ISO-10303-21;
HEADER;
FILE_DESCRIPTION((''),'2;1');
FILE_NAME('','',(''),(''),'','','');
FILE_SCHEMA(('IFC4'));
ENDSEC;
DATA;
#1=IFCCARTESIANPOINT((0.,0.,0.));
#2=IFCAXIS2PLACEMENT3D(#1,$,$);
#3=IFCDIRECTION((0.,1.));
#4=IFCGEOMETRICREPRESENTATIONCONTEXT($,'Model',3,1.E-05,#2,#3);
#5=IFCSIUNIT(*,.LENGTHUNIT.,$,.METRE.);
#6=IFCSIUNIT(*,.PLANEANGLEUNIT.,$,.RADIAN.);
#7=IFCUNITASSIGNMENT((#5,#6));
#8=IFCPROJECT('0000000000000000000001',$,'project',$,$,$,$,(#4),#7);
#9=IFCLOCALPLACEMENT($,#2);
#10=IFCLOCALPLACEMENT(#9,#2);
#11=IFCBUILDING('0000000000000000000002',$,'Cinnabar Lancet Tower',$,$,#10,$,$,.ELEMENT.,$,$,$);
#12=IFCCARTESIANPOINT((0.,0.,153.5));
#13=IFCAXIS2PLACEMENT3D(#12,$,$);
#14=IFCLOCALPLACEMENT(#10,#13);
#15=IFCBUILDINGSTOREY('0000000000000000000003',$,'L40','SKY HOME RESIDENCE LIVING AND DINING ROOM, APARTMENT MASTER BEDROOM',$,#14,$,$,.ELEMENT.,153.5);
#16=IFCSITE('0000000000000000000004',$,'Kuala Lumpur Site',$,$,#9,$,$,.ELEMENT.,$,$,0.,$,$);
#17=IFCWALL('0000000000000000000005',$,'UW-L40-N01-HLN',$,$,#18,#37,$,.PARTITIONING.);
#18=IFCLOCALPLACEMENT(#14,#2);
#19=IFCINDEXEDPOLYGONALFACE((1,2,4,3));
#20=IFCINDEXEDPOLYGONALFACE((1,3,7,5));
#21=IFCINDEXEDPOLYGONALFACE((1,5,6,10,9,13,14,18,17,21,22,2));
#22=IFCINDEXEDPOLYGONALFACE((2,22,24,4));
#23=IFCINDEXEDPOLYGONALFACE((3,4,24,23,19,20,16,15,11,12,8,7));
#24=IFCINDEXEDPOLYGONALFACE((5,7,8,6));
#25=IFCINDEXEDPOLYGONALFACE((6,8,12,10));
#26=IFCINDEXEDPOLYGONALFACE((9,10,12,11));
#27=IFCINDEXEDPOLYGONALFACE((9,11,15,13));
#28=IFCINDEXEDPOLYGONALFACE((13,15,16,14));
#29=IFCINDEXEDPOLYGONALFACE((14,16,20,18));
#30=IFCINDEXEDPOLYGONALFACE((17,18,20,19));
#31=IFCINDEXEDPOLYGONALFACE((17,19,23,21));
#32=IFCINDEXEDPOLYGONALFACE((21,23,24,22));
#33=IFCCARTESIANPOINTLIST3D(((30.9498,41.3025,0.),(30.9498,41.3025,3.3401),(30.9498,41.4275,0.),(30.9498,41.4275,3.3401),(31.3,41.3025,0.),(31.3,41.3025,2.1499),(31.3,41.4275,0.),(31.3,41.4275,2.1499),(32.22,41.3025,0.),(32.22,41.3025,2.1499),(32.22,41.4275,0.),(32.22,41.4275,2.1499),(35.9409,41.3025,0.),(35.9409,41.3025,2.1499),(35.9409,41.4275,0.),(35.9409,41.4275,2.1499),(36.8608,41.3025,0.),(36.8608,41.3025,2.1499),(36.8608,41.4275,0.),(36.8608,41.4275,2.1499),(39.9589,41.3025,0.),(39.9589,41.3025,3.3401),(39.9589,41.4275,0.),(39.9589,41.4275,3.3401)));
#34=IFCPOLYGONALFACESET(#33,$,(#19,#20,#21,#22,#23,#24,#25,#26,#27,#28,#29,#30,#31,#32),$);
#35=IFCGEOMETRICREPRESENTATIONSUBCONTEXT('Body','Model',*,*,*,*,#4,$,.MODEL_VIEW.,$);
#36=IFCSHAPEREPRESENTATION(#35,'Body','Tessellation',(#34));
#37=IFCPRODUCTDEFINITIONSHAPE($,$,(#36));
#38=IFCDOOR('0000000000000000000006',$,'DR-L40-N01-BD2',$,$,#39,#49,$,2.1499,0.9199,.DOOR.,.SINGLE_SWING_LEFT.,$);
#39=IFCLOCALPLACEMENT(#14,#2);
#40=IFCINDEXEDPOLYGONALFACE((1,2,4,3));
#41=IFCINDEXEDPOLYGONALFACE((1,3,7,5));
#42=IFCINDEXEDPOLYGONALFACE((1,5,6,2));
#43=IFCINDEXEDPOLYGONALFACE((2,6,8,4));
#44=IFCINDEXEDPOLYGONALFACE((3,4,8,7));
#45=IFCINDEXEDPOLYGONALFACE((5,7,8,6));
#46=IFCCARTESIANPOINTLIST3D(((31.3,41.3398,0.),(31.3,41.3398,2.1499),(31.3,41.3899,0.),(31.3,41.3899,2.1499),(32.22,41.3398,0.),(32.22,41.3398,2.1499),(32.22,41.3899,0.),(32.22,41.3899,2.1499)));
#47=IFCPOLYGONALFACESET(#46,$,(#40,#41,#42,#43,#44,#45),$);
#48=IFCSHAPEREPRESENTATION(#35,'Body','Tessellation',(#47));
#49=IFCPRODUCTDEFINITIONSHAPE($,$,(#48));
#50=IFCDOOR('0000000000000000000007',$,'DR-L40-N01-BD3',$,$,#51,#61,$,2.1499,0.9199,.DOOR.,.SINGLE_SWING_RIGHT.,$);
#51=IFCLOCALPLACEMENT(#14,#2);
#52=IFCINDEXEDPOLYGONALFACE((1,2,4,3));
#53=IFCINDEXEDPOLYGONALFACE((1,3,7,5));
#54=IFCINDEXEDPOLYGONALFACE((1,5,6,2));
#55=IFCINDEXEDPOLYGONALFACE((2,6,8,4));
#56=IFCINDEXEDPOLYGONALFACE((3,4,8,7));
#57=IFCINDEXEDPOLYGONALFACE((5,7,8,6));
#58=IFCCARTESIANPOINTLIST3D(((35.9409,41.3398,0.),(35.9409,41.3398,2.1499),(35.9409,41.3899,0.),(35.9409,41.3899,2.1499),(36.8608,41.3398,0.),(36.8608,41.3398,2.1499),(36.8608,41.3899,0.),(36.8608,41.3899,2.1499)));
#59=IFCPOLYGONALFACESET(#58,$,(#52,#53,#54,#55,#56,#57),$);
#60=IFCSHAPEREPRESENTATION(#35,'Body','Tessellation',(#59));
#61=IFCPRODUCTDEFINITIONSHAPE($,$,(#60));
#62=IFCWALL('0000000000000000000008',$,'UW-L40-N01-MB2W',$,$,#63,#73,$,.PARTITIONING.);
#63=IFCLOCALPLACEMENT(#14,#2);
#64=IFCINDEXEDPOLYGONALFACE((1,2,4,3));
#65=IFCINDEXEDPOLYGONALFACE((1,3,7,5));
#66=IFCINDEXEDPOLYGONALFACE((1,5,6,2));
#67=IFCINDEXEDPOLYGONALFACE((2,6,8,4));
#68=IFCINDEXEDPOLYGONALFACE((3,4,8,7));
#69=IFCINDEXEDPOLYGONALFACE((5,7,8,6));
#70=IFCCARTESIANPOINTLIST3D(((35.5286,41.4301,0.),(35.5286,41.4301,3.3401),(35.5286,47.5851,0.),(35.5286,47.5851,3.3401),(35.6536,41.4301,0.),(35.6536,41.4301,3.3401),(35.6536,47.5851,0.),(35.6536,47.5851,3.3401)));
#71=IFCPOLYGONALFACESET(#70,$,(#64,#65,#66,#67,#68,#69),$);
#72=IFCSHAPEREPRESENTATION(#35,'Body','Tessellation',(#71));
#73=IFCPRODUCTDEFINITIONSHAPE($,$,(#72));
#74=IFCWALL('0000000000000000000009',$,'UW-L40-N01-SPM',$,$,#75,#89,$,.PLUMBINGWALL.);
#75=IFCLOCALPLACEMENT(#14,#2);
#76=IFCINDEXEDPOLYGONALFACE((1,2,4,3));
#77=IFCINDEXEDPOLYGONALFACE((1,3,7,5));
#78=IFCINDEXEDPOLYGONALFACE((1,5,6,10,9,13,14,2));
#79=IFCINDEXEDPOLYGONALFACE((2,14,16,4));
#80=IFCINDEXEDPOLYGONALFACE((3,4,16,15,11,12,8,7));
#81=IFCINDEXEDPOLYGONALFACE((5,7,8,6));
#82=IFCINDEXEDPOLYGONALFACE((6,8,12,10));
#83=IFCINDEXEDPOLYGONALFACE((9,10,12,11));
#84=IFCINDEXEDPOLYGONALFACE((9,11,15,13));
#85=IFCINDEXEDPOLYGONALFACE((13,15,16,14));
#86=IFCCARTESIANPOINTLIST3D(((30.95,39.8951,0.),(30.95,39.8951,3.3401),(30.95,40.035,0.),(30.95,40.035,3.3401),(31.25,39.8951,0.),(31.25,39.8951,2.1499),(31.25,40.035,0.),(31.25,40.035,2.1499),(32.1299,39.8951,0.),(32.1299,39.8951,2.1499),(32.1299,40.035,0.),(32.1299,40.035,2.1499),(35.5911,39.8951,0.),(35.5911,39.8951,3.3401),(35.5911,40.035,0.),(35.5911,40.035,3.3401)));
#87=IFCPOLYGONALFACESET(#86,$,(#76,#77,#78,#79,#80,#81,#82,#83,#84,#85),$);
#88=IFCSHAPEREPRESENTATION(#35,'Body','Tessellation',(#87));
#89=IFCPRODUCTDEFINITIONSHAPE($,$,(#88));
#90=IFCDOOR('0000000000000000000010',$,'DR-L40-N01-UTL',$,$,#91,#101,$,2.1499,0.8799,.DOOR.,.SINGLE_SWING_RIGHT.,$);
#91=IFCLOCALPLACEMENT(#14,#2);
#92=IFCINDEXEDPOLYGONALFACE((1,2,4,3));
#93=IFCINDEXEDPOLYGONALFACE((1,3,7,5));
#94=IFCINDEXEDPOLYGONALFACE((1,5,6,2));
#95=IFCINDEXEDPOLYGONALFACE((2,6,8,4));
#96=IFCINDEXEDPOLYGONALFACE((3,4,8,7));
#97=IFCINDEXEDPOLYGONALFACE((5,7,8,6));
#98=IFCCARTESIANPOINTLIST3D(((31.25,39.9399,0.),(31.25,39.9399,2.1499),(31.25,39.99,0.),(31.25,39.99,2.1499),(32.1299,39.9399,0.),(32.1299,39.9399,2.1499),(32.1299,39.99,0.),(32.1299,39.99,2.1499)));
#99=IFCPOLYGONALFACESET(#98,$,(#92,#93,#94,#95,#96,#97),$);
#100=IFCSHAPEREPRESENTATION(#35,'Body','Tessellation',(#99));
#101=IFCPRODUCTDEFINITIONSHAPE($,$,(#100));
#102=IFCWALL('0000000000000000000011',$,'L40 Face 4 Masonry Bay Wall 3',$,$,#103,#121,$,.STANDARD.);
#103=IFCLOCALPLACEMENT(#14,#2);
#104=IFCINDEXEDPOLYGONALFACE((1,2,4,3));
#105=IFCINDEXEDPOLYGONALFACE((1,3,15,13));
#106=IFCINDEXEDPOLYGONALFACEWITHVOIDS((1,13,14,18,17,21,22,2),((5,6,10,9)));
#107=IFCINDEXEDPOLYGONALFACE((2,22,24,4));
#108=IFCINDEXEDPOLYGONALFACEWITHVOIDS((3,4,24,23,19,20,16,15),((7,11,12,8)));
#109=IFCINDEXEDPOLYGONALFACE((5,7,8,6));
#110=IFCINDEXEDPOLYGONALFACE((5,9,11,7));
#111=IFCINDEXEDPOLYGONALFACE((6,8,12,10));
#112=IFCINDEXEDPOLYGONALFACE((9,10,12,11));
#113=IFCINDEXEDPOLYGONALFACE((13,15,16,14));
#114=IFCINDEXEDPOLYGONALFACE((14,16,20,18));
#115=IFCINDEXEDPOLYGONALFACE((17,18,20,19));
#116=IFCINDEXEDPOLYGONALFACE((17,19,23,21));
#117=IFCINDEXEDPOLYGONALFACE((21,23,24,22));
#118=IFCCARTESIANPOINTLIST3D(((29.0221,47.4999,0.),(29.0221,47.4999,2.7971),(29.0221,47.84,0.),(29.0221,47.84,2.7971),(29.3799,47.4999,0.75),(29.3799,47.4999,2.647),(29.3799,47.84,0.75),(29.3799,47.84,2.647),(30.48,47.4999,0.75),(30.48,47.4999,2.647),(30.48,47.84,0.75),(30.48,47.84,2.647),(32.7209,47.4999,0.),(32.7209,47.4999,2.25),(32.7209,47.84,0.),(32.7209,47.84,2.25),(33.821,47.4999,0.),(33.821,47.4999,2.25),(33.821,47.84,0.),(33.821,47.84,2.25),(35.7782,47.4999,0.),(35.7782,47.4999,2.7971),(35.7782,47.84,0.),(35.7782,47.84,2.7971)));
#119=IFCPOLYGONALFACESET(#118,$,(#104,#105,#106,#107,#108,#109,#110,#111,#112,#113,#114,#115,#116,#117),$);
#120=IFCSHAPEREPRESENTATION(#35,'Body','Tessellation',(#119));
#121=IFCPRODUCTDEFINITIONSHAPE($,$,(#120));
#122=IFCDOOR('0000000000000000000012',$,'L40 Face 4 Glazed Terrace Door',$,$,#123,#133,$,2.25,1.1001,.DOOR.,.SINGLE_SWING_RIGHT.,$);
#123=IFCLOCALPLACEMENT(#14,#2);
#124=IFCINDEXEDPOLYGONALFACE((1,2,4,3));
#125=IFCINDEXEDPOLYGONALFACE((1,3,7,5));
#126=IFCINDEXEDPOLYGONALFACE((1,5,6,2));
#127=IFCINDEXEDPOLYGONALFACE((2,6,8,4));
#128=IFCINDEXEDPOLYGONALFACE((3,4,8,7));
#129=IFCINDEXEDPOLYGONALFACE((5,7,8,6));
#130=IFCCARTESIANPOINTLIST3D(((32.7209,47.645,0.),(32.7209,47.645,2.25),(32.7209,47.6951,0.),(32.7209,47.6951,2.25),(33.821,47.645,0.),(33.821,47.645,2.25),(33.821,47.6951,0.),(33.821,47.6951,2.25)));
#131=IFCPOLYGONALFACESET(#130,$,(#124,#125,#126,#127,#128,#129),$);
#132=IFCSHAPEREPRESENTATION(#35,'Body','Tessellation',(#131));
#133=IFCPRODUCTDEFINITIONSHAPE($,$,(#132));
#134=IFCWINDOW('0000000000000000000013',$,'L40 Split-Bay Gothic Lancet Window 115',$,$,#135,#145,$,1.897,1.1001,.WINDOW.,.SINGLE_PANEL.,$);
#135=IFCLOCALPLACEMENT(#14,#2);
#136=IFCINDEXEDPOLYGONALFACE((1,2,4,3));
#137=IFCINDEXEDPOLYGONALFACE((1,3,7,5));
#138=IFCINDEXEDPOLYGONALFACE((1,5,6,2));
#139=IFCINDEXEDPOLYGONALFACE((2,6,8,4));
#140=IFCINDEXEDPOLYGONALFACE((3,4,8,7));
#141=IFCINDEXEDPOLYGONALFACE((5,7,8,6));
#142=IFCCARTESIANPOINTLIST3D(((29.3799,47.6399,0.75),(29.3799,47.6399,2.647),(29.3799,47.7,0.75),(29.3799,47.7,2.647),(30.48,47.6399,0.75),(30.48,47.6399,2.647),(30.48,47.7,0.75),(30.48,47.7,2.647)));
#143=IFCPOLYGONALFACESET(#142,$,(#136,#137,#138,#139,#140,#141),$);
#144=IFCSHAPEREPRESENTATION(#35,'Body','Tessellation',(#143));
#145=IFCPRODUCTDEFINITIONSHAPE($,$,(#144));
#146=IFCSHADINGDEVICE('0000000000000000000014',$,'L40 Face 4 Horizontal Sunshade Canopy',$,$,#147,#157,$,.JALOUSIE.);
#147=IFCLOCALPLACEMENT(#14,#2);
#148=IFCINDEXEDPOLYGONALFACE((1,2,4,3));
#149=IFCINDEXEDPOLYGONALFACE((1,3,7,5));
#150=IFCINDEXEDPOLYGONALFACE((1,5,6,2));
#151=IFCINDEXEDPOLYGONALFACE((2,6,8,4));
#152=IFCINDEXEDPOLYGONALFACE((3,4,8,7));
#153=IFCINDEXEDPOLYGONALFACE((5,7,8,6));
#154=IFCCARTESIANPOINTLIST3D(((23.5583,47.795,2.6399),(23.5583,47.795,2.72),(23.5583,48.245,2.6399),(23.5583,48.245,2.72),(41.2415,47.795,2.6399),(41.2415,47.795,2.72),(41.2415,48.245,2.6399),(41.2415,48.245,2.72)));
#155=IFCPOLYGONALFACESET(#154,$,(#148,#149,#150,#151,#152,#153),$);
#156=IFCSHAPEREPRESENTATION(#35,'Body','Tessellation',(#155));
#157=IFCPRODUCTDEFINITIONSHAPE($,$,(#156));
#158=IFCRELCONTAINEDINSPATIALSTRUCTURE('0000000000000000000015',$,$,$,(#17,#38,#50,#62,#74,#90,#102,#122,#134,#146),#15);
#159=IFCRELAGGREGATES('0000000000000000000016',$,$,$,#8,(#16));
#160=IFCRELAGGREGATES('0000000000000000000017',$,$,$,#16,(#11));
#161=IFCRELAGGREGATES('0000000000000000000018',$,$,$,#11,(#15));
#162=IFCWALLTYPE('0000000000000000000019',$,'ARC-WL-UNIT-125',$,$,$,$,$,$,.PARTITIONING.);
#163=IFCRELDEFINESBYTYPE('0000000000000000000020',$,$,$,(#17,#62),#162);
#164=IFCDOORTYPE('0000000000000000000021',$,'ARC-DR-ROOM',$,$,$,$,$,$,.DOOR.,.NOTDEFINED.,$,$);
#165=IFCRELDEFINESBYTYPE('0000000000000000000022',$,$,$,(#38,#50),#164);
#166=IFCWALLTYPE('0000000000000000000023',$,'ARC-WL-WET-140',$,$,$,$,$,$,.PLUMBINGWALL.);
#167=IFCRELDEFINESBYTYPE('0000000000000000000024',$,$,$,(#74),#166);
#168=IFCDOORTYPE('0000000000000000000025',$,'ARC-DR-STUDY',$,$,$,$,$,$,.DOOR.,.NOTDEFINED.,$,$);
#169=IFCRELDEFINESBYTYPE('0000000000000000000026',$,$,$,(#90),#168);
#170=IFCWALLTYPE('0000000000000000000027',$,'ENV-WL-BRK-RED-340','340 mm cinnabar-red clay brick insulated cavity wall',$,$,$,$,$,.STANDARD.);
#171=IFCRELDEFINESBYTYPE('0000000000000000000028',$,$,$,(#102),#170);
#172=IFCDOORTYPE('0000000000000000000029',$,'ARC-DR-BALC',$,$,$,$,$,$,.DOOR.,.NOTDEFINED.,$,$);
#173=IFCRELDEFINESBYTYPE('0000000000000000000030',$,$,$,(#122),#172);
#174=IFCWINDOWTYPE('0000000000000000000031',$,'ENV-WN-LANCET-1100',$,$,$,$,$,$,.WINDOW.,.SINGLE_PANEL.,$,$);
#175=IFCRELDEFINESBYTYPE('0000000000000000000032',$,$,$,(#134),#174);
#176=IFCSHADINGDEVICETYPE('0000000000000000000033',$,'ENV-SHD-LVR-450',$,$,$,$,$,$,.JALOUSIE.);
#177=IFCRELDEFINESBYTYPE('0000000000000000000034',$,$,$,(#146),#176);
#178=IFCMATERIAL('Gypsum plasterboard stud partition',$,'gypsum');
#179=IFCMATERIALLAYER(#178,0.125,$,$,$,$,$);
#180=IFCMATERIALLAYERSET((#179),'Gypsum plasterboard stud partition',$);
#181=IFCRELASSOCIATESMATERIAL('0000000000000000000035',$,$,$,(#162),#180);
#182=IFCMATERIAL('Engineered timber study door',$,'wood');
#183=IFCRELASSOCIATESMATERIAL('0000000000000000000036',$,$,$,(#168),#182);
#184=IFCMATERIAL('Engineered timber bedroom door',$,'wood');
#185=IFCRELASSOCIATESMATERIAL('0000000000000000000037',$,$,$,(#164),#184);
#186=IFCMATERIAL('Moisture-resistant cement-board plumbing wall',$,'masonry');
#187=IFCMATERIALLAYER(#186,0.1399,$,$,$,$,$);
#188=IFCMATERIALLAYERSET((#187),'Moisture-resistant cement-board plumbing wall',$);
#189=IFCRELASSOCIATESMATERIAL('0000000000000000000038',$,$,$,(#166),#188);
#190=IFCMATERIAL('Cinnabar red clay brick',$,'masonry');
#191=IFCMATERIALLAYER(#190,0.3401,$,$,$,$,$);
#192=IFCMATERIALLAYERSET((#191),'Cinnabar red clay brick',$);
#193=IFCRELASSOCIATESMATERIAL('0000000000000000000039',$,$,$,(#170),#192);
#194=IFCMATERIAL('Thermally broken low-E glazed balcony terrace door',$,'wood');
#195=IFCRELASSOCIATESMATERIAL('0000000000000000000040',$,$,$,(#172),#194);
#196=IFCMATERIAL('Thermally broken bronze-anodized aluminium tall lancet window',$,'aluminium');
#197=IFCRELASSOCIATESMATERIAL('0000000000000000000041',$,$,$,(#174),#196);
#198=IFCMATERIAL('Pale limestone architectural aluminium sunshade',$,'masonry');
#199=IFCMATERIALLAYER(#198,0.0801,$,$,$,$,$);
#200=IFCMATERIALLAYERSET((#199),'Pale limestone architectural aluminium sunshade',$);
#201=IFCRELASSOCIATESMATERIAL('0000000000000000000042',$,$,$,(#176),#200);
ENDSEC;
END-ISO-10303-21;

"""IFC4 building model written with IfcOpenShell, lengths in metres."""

from ifc_helpers import new_model, si_unit, direction, frame, frame_2d, origin, origin_2d, place, context, subcontext, project, spatial, rectangle, extrude, material, layer, layer_set, type_object, element, fill, save


model = new_model("IFC4")

# Units and contexts
model_context = context("Model", 3, precision=1e-05, world=origin(), true_north=direction((0.0, 1.0)))
body_context = subcontext(model_context, "Body", "Model", "MODEL_VIEW")
ifc_project = project(units=[si_unit("LENGTHUNIT", "METRE"), si_unit("PLANEANGLEUNIT", "RADIAN")], contexts=[model_context])

# Site, building, storey
site_placement = place(None, origin())
site = spatial("IfcSite", under=ifc_project, at=site_placement, Name="Kuala Lumpur Site", CompositionType="ELEMENT", RefElevation=0.0)
building_placement = place(site_placement, origin())
building = spatial("IfcBuilding", under=site, at=building_placement, Name="Cinnabar Lancet Tower", CompositionType="ELEMENT")
storey_placement = place(building_placement, frame((0.0, 0.0, 153.5)))
storey = spatial("IfcBuildingStorey", under=building, at=storey_placement, Name="L40", Description="SKY HOME RESIDENCE LIVING AND DINING ROOM, APARTMENT MASTER BEDROOM", CompositionType="ELEMENT", Elevation=153.5)

# Shared definitions
ifc_material_1 = material(Name="Gypsum plasterboard stud partition", Category="gypsum")
ifc_layer_1 = layer(ifc_material_1, 0.125)
ifc_layer_set_1 = layer_set([ifc_layer_1], Name="Gypsum plasterboard stud partition")
wall_type_1 = type_object("IfcWallType", Name="ARC-WL-UNIT-125", PredefinedType="PARTITIONING", material=ifc_layer_set_1)
ifc_material_2 = material(Name="Engineered timber study door", Category="wood")
door_type_1 = type_object("IfcDoorType", Name="ARC-DR-STUDY", OperationType="NOTDEFINED", PredefinedType="DOOR", material=ifc_material_2)

# Wall, openings, doors
wall_1_placement = place(storey_placement, frame((30.95, 41.365, 0.0), z_axis=(0.0, 0.0, 1.0), x_axis=(1.0, 0.0, 0.0)))
wall_1 = element("IfcWall", 1, at=wall_1_placement, inside=storey, type_object=wall_type_1, Name="UW-L40-N01-HLN", PredefinedType="PARTITIONING", context=body_context, shape_type="SweptSolid", body=[
    extrude(rectangle(XDim=9.009, YDim=0.125, at=frame_2d((4.5044, 0.0))), origin(), (0.0, 0.0, 1.0), 3.3401),
])
opening_1_placement = place(wall_1_placement, frame((0.3501, 0.0, 0.0)))
opening_1 = element("IfcOpeningElement", 2, at=opening_1_placement, cuts=wall_1, PredefinedType="OPENING", context=body_context, shape_type="SweptSolid", body=[
    extrude(rectangle(XDim=0.9199, YDim=2.1499, at=frame_2d((0.46, 1.075))), frame((0.0, 0.0725, 0.0), z_axis=(0.0, -1.0, 0.0), x_axis=(1.0, 0.0, 0.0)), (0.0, 0.0, 1.0), 0.145),
])
opening_2_placement = place(wall_1_placement, frame((4.991, 0.0, 0.0)))
opening_2 = element("IfcOpeningElement", 3, at=opening_2_placement, cuts=wall_1, PredefinedType="OPENING", context=body_context, shape_type="SweptSolid", body=[
    extrude(rectangle(XDim=0.9199, YDim=2.1499, at=frame_2d((0.46, 1.075))), frame((0.0, 0.0725, 0.0), z_axis=(0.0, -1.0, 0.0), x_axis=(1.0, 0.0, 0.0)), (0.0, 0.0, 1.0), 0.145),
])
ifc_material_3 = material(Name="Engineered timber bedroom door", Category="wood")
door_type_2 = type_object("IfcDoorType", Name="ARC-DR-ROOM", OperationType="NOTDEFINED", PredefinedType="DOOR", material=ifc_material_3)
door_1_placement = place(opening_1_placement, origin())
door_1 = element("IfcDoor", 4, at=door_1_placement, inside=storey, type_object=door_type_2, Name="DR-L40-N01-BD2", OperationType="SINGLE_SWING_LEFT", OverallHeight=2.1499, OverallWidth=0.9199, PredefinedType="DOOR", context=body_context, shape_type="SweptSolid", body=[
    extrude(rectangle(XDim=0.9199, YDim=2.1499, at=frame_2d((0.46, 1.075))), frame((0.0, 0.0249, 0.0), z_axis=(0.0, -1.0, 0.0), x_axis=(1.0, 0.0, 0.0)), (0.0, 0.0, 1.0), 0.05),
])
fill(opening_1, door_1)
door_2_placement = place(opening_2_placement, origin())
door_2 = element("IfcDoor", 5, at=door_2_placement, inside=storey, type_object=door_type_2, Name="DR-L40-N01-BD3", OperationType="SINGLE_SWING_RIGHT", OverallHeight=2.1499, OverallWidth=0.9199, PredefinedType="DOOR", context=body_context, shape_type="SweptSolid", body=[
    extrude(rectangle(XDim=0.9199, YDim=2.1499, at=frame_2d((0.46, 1.075))), frame((0.0, 0.0249, 0.0), z_axis=(0.0, -1.0, 0.0), x_axis=(1.0, 0.0, 0.0)), (0.0, 0.0, 1.0), 0.05),
])
fill(opening_2, door_2)

# Wall
wall_2_placement = place(storey_placement, frame((35.5911, 41.4299, 0.0), z_axis=(0.0, 0.0, 1.0), x_axis=(0.0, 1.0, 0.0)))
element("IfcWall", 6, at=wall_2_placement, inside=storey, type_object=wall_type_1, Name="UW-L40-N01-MB2W", PredefinedType="PARTITIONING", context=body_context, shape_type="SweptSolid", body=[
    extrude(rectangle(XDim=6.155, YDim=0.125, at=frame_2d((3.0776, 0.0))), origin(), (0.0, 0.0, 1.0), 3.3401),
])

# Wall, opening, door
ifc_material_4 = material(Name="Moisture-resistant cement-board plumbing wall", Category="masonry")
ifc_layer_2 = layer(ifc_material_4, 0.1399)
ifc_layer_set_2 = layer_set([ifc_layer_2], Name="Moisture-resistant cement-board plumbing wall")
wall_type_2 = type_object("IfcWallType", Name="ARC-WL-WET-140", PredefinedType="PLUMBINGWALL", material=ifc_layer_set_2)
wall_3_placement = place(storey_placement, frame((30.95, 39.9651, 0.0), z_axis=(0.0, 0.0, 1.0), x_axis=(1.0, 0.0, 0.0)))
wall_3 = element("IfcWall", 7, at=wall_3_placement, inside=storey, type_object=wall_type_2, Name="UW-L40-N01-SPM", PredefinedType="PLUMBINGWALL", context=body_context, shape_type="SweptSolid", body=[
    extrude(rectangle(XDim=4.6411, YDim=0.1399, at=frame_2d((2.3206, 0.0))), origin(), (0.0, 0.0, 1.0), 3.3401),
])
opening_3_placement = place(wall_3_placement, frame((0.3, 0.0, 0.0)))
opening_3 = element("IfcOpeningElement", 8, at=opening_3_placement, cuts=wall_3, PredefinedType="OPENING", context=body_context, shape_type="SweptSolid", body=[
    extrude(rectangle(XDim=0.8799, YDim=2.1499, at=frame_2d((0.4399, 1.075))), frame((0.0, 0.0798, 0.0), z_axis=(0.0, -1.0, 0.0), x_axis=(1.0, 0.0, 0.0)), (0.0, 0.0, 1.0), 0.1599),
])
door_3_placement = place(opening_3_placement, origin())
door_3 = element("IfcDoor", 9, at=door_3_placement, inside=storey, type_object=door_type_1, Name="DR-L40-N01-UTL", OperationType="SINGLE_SWING_RIGHT", OverallHeight=2.1499, OverallWidth=0.8799, PredefinedType="DOOR", context=body_context, shape_type="SweptSolid", body=[
    extrude(rectangle(XDim=0.8799, YDim=2.1499, at=frame_2d((0.4399, 1.075))), frame((0.0, 0.0249, 0.0), z_axis=(0.0, -1.0, 0.0), x_axis=(1.0, 0.0, 0.0)), (0.0, 0.0, 1.0), 0.05),
])
fill(opening_3, door_3)

# Wall, openings, door, window
ifc_material_5 = material(Name="Cinnabar red clay brick", Category="masonry")
ifc_layer_3 = layer(ifc_material_5, 0.3401)
ifc_layer_set_3 = layer_set([ifc_layer_3], Name="Cinnabar red clay brick")
wall_type_3 = type_object("IfcWallType", Name="ENV-WL-BRK-RED-340", Description="340 mm cinnabar-red clay brick insulated cavity wall", PredefinedType="STANDARD", material=ifc_layer_set_3)
wall_4_placement = place(storey_placement, frame((35.7781, 47.6699, 0.0), z_axis=(0.0, 0.0, 1.0), x_axis=(-1.0, 0.0, 0.0)))
wall_4 = element("IfcWall", 10, at=wall_4_placement, inside=storey, type_object=wall_type_3, Name="L40 Face 4 Masonry Bay Wall 3", PredefinedType="STANDARD", context=body_context, shape_type="SweptSolid", body=[
    extrude(rectangle(XDim=6.7561, YDim=0.3401, at=frame_2d((3.3779, 0.0))), origin(), (0.0, 0.0, 1.0), 2.7971),
])
opening_4_placement = place(wall_4_placement, frame((1.957, 0.0, 0.0)))
opening_4 = element("IfcOpeningElement", 11, at=opening_4_placement, cuts=wall_4, PredefinedType="OPENING", context=body_context, shape_type="SweptSolid", body=[
    extrude(rectangle(XDim=1.1001, YDim=2.25, at=frame_2d((0.55, 1.125))), frame((0.0, 0.1799, 0.0), z_axis=(0.0, -1.0, 0.0), x_axis=(1.0, 0.0, 0.0)), (0.0, 0.0, 1.0), 0.3601),
])
opening_5_placement = place(wall_4_placement, frame((5.2981, 0.0, 0.75)))
opening_5 = element("IfcOpeningElement", 12, at=opening_5_placement, cuts=wall_4, PredefinedType="OPENING", context=body_context, shape_type="SweptSolid", body=[
    extrude(rectangle(XDim=1.1001, YDim=1.897, at=frame_2d((0.55, 0.9485))), frame((0.0, 0.1799, 0.0), z_axis=(0.0, -1.0, 0.0), x_axis=(1.0, 0.0, 0.0)), (0.0, 0.0, 1.0), 0.3601),
])
ifc_material_6 = material(Name="Thermally broken low-E glazed balcony terrace door", Category="wood")
door_type_3 = type_object("IfcDoorType", Name="ARC-DR-BALC", OperationType="NOTDEFINED", PredefinedType="DOOR", material=ifc_material_6)
door_4_placement = place(opening_4_placement, origin())
door_4 = element("IfcDoor", 13, at=door_4_placement, inside=storey, type_object=door_type_3, Name="L40 Face 4 Glazed Terrace Door", OperationType="SINGLE_SWING_RIGHT", OverallHeight=2.25, OverallWidth=1.1001, PredefinedType="DOOR", context=body_context, shape_type="SweptSolid", body=[
    extrude(rectangle(XDim=1.1001, YDim=2.25, at=frame_2d((0.55, 1.125))), frame((0.0, 0.0249, 0.0), z_axis=(0.0, -1.0, 0.0), x_axis=(1.0, 0.0, 0.0)), (0.0, 0.0, 1.0), 0.05),
])
fill(opening_4, door_4)
ifc_material_7 = material(Name="Thermally broken bronze-anodized aluminium tall lancet window", Category="aluminium")
window_type = type_object("IfcWindowType", Name="ENV-WN-LANCET-1100", PartitioningType="SINGLE_PANEL", PredefinedType="WINDOW", material=ifc_material_7)
window_placement = place(opening_5_placement, origin())
window = element("IfcWindow", 14, at=window_placement, inside=storey, type_object=window_type, Name="L40 Split-Bay Gothic Lancet Window 115", OverallHeight=1.897, OverallWidth=1.1001, PartitioningType="SINGLE_PANEL", PredefinedType="WINDOW", context=body_context, shape_type="SweptSolid", body=[
    extrude(rectangle(XDim=1.1001, YDim=1.897, at=frame_2d((0.55, 0.9485))), frame((0.0, 0.03, 0.0), z_axis=(0.0, -1.0, 0.0), x_axis=(1.0, 0.0, 0.0)), (0.0, 0.0, 1.0), 0.0601),
])
fill(opening_5, window)

# Shading device
ifc_material_8 = material(Name="Pale limestone architectural aluminium sunshade", Category="masonry")
ifc_layer_4 = layer(ifc_material_8, 0.0801)
ifc_layer_set_4 = layer_set([ifc_layer_4], Name="Pale limestone architectural aluminium sunshade")
shading_device_type = type_object("IfcShadingDeviceType", Name="ENV-SHD-LVR-450", PredefinedType="JALOUSIE", material=ifc_layer_set_4)
shading_device_placement = place(storey_placement, frame((32.3999, 48.02, 2.6399), z_axis=(0.0, 0.0, 1.0), x_axis=(-1.0, 0.0, 0.0)))
element("IfcShadingDevice", 15, at=shading_device_placement, inside=storey, type_object=shading_device_type, Name="L40 Face 4 Horizontal Sunshade Canopy", PredefinedType="JALOUSIE", context=body_context, shape_type="SweptSolid", body=[
    extrude(rectangle(XDim=17.6831, YDim=0.45, at=origin_2d()), origin(), (0.0, 0.0, 1.0), 0.0801),
])

save(model, "model.ifc")
